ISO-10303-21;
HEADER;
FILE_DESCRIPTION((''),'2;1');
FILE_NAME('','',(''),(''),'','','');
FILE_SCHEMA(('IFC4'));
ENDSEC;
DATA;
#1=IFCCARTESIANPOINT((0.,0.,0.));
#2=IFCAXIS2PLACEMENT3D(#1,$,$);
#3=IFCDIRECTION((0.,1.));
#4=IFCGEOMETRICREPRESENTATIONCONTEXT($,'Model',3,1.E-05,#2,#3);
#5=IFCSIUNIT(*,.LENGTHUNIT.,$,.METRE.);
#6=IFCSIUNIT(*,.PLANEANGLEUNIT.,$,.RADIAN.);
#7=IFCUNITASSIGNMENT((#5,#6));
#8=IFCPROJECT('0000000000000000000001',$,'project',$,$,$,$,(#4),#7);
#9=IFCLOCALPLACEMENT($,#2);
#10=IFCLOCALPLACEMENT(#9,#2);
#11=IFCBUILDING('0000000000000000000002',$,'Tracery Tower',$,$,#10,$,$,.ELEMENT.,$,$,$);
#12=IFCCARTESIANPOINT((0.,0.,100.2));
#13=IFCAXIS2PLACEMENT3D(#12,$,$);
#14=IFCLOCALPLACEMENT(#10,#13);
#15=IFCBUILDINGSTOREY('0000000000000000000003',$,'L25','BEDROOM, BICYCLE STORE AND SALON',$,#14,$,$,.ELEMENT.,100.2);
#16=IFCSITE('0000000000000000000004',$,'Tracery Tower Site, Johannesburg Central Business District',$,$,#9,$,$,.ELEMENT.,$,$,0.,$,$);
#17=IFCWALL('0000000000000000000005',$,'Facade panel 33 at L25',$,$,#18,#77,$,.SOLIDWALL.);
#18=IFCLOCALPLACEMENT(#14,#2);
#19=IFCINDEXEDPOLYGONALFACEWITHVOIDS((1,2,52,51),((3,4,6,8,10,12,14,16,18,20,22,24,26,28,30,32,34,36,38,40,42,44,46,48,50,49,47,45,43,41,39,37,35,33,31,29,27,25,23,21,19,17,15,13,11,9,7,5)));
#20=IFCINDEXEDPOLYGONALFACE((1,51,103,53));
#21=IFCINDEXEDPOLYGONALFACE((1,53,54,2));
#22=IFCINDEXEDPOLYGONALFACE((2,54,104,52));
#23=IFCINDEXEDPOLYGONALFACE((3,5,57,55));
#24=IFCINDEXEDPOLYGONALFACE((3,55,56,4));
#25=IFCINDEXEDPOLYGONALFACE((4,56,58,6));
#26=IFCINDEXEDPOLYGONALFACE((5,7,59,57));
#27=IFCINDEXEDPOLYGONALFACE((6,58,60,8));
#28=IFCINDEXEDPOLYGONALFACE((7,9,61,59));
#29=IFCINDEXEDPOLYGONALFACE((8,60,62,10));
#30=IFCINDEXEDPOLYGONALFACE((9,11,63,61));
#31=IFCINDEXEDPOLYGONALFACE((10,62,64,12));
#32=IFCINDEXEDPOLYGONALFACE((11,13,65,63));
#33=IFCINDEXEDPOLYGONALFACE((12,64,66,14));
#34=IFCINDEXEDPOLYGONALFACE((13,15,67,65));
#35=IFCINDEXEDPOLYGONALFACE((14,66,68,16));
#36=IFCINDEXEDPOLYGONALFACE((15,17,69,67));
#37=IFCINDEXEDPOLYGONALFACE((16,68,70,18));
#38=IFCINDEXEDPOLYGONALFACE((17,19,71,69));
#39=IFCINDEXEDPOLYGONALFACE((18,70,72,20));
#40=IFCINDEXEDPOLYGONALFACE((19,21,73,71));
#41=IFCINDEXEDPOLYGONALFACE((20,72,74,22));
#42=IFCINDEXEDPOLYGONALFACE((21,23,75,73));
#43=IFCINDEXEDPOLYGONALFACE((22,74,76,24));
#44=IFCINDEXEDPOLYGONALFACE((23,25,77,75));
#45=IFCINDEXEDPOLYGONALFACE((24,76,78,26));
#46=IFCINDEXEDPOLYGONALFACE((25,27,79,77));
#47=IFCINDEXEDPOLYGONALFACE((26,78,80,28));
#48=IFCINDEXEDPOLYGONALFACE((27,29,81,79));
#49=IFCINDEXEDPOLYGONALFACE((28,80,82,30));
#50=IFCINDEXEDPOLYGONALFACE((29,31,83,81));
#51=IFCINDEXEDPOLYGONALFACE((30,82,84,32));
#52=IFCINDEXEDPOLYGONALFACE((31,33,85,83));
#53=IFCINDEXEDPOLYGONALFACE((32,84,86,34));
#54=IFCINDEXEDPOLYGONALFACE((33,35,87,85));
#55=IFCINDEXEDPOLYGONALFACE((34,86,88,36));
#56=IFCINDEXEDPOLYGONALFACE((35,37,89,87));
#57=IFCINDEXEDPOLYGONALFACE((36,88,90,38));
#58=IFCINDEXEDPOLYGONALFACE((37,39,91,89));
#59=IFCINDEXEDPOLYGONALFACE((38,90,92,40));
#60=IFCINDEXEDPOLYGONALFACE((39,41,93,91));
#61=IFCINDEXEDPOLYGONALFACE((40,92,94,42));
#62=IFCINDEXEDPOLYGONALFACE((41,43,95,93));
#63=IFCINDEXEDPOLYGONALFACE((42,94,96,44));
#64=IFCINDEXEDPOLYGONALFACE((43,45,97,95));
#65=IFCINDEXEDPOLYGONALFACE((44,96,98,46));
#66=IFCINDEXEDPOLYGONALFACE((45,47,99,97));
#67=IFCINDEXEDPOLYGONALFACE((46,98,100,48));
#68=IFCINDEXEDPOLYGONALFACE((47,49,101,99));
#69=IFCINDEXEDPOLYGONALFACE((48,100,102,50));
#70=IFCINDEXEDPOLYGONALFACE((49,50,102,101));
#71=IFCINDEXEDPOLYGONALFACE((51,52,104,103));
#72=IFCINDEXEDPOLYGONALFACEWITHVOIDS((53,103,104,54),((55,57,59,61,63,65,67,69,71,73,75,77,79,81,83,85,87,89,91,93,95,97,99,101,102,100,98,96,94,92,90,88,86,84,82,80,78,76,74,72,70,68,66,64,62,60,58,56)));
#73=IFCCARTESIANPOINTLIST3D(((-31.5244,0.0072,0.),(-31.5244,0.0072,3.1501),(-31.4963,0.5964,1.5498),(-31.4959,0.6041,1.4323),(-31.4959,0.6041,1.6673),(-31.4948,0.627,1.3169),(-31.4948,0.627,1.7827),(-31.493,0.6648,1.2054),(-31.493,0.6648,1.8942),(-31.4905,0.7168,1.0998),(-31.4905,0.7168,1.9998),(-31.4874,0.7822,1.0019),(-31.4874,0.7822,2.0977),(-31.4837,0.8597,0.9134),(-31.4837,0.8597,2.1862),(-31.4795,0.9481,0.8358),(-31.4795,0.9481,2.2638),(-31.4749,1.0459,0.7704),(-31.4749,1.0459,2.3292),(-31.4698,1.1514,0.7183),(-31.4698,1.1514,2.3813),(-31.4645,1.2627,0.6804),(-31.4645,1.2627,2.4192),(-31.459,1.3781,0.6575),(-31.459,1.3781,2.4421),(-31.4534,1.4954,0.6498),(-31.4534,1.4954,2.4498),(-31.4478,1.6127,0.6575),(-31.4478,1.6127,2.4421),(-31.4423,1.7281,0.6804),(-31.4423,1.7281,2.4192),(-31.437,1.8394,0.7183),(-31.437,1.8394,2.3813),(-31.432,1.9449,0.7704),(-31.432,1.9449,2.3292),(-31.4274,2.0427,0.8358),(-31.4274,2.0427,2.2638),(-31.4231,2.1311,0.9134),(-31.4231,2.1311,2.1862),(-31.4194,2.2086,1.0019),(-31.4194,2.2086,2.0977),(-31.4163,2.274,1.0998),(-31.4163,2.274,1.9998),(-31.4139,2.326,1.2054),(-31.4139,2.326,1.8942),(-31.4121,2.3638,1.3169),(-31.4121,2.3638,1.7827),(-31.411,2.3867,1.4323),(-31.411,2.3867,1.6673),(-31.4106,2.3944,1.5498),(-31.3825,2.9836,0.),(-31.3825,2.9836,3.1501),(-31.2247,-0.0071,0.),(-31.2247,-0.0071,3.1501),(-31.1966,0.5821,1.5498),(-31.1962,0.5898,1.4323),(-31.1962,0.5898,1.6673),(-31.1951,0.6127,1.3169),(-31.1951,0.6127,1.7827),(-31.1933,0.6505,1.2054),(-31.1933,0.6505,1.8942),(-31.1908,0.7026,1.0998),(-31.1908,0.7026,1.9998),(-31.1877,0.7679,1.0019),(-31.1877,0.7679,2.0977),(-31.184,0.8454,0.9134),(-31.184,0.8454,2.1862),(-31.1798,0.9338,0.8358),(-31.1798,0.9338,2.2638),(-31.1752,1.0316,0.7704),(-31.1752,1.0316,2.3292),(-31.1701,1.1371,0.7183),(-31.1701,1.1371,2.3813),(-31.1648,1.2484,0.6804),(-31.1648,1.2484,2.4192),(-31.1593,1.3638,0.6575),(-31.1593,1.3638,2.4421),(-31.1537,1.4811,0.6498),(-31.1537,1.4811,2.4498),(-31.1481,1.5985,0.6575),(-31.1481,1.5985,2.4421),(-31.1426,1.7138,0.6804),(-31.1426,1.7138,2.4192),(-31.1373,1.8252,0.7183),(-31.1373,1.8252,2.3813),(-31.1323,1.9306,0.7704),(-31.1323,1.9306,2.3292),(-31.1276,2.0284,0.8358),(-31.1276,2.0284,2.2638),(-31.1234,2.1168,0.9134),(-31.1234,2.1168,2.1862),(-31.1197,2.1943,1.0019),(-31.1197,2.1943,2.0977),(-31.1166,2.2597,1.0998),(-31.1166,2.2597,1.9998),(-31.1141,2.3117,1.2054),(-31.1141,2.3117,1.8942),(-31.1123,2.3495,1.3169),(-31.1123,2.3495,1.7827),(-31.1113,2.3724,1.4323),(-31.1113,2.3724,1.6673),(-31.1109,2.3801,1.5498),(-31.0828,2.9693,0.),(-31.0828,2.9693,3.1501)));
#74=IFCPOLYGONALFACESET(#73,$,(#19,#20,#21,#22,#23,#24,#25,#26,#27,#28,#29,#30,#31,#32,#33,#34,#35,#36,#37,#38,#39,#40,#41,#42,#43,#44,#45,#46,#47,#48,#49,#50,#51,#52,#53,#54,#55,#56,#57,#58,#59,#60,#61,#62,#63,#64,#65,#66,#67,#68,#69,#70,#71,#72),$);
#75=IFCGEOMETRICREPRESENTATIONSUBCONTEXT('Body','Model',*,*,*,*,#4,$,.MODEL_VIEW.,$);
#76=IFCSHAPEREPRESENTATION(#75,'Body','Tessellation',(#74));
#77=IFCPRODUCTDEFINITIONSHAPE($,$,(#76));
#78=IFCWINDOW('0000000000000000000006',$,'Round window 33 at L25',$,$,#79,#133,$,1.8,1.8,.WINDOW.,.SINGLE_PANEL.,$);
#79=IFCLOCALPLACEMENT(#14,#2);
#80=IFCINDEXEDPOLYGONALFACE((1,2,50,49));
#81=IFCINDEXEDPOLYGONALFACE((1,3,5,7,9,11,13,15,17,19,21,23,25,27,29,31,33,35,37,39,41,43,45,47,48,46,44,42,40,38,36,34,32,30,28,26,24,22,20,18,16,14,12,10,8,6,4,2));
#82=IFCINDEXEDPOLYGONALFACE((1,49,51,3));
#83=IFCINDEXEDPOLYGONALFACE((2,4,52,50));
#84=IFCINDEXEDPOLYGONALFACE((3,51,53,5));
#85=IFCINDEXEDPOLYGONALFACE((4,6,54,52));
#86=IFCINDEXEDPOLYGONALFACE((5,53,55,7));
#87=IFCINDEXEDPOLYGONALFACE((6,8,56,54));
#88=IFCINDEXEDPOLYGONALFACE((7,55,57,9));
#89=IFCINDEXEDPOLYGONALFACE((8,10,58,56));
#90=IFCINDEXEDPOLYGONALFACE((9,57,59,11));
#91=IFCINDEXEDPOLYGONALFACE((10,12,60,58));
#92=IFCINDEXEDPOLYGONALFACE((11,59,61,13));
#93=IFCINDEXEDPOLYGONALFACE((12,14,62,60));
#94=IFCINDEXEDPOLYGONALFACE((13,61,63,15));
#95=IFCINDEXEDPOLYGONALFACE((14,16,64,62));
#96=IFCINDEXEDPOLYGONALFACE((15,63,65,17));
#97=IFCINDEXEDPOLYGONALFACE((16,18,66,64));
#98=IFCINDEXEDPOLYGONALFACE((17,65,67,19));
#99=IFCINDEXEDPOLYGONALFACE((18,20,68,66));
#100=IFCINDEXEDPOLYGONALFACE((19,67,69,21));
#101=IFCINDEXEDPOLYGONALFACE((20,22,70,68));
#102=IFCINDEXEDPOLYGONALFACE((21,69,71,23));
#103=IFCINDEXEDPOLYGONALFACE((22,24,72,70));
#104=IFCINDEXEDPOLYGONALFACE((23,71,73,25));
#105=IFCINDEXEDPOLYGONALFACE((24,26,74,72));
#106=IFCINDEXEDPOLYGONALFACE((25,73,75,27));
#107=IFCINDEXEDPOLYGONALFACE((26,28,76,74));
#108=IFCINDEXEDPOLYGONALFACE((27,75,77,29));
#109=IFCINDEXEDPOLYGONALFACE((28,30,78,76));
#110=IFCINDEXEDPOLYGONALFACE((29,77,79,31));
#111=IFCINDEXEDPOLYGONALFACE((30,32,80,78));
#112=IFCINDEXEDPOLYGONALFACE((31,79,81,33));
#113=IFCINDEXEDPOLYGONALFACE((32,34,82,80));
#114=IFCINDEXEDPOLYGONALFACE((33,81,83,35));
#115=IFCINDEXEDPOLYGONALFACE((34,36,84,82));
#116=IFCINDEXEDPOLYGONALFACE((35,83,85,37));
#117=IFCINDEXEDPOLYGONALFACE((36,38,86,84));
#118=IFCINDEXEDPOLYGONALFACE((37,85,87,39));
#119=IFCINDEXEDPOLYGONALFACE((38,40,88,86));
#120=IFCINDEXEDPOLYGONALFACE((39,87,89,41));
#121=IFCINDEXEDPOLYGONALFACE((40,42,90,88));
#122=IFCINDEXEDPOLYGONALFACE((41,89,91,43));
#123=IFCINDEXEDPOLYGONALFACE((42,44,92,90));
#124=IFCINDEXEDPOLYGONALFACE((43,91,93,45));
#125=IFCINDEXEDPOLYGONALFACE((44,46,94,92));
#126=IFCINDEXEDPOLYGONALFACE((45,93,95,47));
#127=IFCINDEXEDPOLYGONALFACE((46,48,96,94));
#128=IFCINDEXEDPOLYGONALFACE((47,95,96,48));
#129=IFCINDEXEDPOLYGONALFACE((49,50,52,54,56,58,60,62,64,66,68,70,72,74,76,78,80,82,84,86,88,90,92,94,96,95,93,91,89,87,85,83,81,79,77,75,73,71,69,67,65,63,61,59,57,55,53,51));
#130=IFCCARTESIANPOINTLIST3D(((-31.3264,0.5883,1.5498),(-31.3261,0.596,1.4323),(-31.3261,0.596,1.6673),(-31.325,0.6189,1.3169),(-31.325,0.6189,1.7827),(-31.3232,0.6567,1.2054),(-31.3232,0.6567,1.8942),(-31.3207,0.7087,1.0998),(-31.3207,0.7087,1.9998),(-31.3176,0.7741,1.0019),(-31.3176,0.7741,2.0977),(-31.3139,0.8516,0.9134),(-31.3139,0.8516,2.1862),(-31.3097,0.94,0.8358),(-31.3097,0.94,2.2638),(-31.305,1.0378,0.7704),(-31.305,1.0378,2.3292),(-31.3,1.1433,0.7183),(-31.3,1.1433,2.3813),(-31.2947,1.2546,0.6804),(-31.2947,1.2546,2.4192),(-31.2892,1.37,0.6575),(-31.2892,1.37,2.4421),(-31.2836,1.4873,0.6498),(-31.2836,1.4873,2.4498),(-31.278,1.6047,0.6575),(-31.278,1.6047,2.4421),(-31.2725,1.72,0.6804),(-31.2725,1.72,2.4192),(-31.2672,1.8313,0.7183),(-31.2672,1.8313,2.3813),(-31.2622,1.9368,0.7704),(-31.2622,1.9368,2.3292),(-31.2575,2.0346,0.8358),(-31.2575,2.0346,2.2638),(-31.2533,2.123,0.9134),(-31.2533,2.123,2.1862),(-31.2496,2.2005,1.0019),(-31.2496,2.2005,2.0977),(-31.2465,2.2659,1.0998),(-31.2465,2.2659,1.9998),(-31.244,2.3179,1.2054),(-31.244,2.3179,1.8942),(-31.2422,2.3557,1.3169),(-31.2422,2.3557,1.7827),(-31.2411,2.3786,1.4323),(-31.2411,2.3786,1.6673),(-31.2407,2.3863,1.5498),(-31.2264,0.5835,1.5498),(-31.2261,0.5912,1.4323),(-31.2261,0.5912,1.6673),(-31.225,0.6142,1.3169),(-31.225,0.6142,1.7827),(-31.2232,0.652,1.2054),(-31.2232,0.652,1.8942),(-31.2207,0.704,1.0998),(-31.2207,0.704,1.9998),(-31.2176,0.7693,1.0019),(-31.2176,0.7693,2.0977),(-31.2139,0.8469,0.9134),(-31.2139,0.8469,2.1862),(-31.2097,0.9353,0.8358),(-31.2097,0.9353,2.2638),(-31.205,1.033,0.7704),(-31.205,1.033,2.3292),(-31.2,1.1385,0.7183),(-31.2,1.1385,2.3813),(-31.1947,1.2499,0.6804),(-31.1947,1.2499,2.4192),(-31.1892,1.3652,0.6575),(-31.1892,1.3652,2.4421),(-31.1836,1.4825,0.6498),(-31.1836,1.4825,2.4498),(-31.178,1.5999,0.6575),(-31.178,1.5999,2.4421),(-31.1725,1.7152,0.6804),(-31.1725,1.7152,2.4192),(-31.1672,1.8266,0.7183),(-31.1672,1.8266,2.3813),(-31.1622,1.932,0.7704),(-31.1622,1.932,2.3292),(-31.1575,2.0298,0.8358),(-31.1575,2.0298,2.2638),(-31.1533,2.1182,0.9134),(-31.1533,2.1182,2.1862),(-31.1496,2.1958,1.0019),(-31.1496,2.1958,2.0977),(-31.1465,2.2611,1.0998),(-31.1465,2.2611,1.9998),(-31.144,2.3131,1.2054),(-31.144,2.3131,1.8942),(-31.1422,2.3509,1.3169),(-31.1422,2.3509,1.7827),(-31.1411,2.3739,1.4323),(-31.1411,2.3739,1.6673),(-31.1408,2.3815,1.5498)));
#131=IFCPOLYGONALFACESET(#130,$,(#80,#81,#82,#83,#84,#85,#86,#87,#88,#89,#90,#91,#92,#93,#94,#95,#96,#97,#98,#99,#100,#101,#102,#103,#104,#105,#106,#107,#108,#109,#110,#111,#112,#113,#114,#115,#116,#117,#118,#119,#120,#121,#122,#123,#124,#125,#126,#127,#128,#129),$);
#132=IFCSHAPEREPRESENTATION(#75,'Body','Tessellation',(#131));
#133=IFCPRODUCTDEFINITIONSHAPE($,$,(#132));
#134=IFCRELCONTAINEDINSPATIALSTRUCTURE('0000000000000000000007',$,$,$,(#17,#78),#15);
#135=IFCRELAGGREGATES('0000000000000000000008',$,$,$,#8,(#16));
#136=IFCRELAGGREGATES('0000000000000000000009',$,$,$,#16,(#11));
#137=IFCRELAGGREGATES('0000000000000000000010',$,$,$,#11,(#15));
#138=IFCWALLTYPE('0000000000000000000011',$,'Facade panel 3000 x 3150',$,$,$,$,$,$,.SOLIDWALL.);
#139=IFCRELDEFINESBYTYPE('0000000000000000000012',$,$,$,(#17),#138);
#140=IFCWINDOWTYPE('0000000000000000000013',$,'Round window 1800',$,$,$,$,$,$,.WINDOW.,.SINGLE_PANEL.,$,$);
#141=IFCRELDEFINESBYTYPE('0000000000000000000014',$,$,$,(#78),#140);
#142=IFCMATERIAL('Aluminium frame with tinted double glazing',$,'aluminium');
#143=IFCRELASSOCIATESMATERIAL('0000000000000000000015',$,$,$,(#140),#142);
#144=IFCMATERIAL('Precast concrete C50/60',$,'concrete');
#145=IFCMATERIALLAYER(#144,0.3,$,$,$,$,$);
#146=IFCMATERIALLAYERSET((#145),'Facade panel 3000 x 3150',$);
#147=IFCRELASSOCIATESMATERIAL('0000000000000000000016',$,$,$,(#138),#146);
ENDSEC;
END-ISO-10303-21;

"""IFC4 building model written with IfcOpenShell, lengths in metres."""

from ifc_helpers import new_model, si_unit, direction, frame, frame_2d, origin, origin_2d, place, context, subcontext, project, spatial, rectangle, circle, extrude, material, layer, layer_set, type_object, element, fill, save


model = new_model("IFC4")

# Units and contexts
model_context = context("Model", 3, precision=1e-05, world=origin(), true_north=direction((0.0, 1.0)))
body_context = subcontext(model_context, "Body", "Model", "MODEL_VIEW")
ifc_project = project(units=[si_unit("LENGTHUNIT", "METRE"), si_unit("PLANEANGLEUNIT", "RADIAN")], contexts=[model_context])

# Site, building, storey
site_placement = place(None, origin())
site = spatial("IfcSite", under=ifc_project, at=site_placement, Name="Tracery Tower Site, Johannesburg Central Business District", CompositionType="ELEMENT", RefElevation=0.0)
building_placement = place(site_placement, origin())
building = spatial("IfcBuilding", under=site, at=building_placement, Name="Tracery Tower", CompositionType="ELEMENT")
storey_placement = place(building_placement, frame((0.0, 0.0, 100.2)))
storey = spatial("IfcBuildingStorey", under=building, at=storey_placement, Name="L25", Description="BEDROOM, BICYCLE STORE AND SALON", CompositionType="ELEMENT", Elevation=100.2)

# Wall, opening, window
ifc_material_1 = material(Name="Aluminium frame with tinted double glazing", Category="aluminium")
window_type = type_object("IfcWindowType", Name="Round window 1800", PartitioningType="SINGLE_PANEL", PredefinedType="WINDOW", material=ifc_material_1)
ifc_material_2 = material(Name="Precast concrete C50/60", Category="concrete")
ifc_layer_1 = layer(ifc_material_2, 0.3)
ifc_layer_set_1 = layer_set([ifc_layer_1], Name="Facade panel 3000 x 3150")
wall_type_1 = type_object("IfcWallType", Name="Facade panel 3000 x 3150", PredefinedType="SOLIDWALL", material=ifc_layer_set_1)
wall_1_placement = place(storey_placement, frame((-31.2327, 2.9763, 0.0), z_axis=(0.0, 0.0, 1.0), x_axis=(-0.047604, -0.998866, 0.0)))
wall_1 = element("IfcWall", 1, at=wall_1_placement, inside=storey, type_object=wall_type_1, Name="Facade panel 33 at L25", PredefinedType="SOLIDWALL", context=body_context, shape_type="SweptSolid", body=[
    extrude(rectangle(XDim=2.9797, YDim=0.3, at=frame_2d((1.4897, 0.0))), origin(), (0.0, 0.0, 1.0), 3.1501),
])
opening_1_placement = place(wall_1_placement, frame((1.4897, 0.0, 1.5498)))
opening_1 = element("IfcOpeningElement", 2, at=opening_1_placement, cuts=wall_1, PredefinedType="OPENING", context=body_context, shape_type="SweptSolid", body=[
    extrude(circle(Radius=0.9, at=origin_2d()), frame((0.0, 0.1599, 0.0), z_axis=(0.0, -1.0, 0.0), x_axis=(1.0, 0.0, 0.0)), (0.0, 0.0, 1.0), 0.3201),
])
window_1_placement = place(opening_1_placement, origin())
window_1 = element("IfcWindow", 3, at=window_1_placement, inside=storey, type_object=window_type, Name="Round window 33 at L25", OverallHeight=1.8, OverallWidth=1.8, PartitioningType="SINGLE_PANEL", PredefinedType="WINDOW", context=body_context, shape_type="SweptSolid", body=[
    extrude(circle(Radius=0.9, at=origin_2d()), frame((0.0, 0.1201, 0.0), z_axis=(0.0, -1.0, 0.0), x_axis=(1.0, 0.0, 0.0)), (0.0, 0.0, 1.0), 0.1001),
])
fill(opening_1, window_1)

save(model, "model.ifc")
